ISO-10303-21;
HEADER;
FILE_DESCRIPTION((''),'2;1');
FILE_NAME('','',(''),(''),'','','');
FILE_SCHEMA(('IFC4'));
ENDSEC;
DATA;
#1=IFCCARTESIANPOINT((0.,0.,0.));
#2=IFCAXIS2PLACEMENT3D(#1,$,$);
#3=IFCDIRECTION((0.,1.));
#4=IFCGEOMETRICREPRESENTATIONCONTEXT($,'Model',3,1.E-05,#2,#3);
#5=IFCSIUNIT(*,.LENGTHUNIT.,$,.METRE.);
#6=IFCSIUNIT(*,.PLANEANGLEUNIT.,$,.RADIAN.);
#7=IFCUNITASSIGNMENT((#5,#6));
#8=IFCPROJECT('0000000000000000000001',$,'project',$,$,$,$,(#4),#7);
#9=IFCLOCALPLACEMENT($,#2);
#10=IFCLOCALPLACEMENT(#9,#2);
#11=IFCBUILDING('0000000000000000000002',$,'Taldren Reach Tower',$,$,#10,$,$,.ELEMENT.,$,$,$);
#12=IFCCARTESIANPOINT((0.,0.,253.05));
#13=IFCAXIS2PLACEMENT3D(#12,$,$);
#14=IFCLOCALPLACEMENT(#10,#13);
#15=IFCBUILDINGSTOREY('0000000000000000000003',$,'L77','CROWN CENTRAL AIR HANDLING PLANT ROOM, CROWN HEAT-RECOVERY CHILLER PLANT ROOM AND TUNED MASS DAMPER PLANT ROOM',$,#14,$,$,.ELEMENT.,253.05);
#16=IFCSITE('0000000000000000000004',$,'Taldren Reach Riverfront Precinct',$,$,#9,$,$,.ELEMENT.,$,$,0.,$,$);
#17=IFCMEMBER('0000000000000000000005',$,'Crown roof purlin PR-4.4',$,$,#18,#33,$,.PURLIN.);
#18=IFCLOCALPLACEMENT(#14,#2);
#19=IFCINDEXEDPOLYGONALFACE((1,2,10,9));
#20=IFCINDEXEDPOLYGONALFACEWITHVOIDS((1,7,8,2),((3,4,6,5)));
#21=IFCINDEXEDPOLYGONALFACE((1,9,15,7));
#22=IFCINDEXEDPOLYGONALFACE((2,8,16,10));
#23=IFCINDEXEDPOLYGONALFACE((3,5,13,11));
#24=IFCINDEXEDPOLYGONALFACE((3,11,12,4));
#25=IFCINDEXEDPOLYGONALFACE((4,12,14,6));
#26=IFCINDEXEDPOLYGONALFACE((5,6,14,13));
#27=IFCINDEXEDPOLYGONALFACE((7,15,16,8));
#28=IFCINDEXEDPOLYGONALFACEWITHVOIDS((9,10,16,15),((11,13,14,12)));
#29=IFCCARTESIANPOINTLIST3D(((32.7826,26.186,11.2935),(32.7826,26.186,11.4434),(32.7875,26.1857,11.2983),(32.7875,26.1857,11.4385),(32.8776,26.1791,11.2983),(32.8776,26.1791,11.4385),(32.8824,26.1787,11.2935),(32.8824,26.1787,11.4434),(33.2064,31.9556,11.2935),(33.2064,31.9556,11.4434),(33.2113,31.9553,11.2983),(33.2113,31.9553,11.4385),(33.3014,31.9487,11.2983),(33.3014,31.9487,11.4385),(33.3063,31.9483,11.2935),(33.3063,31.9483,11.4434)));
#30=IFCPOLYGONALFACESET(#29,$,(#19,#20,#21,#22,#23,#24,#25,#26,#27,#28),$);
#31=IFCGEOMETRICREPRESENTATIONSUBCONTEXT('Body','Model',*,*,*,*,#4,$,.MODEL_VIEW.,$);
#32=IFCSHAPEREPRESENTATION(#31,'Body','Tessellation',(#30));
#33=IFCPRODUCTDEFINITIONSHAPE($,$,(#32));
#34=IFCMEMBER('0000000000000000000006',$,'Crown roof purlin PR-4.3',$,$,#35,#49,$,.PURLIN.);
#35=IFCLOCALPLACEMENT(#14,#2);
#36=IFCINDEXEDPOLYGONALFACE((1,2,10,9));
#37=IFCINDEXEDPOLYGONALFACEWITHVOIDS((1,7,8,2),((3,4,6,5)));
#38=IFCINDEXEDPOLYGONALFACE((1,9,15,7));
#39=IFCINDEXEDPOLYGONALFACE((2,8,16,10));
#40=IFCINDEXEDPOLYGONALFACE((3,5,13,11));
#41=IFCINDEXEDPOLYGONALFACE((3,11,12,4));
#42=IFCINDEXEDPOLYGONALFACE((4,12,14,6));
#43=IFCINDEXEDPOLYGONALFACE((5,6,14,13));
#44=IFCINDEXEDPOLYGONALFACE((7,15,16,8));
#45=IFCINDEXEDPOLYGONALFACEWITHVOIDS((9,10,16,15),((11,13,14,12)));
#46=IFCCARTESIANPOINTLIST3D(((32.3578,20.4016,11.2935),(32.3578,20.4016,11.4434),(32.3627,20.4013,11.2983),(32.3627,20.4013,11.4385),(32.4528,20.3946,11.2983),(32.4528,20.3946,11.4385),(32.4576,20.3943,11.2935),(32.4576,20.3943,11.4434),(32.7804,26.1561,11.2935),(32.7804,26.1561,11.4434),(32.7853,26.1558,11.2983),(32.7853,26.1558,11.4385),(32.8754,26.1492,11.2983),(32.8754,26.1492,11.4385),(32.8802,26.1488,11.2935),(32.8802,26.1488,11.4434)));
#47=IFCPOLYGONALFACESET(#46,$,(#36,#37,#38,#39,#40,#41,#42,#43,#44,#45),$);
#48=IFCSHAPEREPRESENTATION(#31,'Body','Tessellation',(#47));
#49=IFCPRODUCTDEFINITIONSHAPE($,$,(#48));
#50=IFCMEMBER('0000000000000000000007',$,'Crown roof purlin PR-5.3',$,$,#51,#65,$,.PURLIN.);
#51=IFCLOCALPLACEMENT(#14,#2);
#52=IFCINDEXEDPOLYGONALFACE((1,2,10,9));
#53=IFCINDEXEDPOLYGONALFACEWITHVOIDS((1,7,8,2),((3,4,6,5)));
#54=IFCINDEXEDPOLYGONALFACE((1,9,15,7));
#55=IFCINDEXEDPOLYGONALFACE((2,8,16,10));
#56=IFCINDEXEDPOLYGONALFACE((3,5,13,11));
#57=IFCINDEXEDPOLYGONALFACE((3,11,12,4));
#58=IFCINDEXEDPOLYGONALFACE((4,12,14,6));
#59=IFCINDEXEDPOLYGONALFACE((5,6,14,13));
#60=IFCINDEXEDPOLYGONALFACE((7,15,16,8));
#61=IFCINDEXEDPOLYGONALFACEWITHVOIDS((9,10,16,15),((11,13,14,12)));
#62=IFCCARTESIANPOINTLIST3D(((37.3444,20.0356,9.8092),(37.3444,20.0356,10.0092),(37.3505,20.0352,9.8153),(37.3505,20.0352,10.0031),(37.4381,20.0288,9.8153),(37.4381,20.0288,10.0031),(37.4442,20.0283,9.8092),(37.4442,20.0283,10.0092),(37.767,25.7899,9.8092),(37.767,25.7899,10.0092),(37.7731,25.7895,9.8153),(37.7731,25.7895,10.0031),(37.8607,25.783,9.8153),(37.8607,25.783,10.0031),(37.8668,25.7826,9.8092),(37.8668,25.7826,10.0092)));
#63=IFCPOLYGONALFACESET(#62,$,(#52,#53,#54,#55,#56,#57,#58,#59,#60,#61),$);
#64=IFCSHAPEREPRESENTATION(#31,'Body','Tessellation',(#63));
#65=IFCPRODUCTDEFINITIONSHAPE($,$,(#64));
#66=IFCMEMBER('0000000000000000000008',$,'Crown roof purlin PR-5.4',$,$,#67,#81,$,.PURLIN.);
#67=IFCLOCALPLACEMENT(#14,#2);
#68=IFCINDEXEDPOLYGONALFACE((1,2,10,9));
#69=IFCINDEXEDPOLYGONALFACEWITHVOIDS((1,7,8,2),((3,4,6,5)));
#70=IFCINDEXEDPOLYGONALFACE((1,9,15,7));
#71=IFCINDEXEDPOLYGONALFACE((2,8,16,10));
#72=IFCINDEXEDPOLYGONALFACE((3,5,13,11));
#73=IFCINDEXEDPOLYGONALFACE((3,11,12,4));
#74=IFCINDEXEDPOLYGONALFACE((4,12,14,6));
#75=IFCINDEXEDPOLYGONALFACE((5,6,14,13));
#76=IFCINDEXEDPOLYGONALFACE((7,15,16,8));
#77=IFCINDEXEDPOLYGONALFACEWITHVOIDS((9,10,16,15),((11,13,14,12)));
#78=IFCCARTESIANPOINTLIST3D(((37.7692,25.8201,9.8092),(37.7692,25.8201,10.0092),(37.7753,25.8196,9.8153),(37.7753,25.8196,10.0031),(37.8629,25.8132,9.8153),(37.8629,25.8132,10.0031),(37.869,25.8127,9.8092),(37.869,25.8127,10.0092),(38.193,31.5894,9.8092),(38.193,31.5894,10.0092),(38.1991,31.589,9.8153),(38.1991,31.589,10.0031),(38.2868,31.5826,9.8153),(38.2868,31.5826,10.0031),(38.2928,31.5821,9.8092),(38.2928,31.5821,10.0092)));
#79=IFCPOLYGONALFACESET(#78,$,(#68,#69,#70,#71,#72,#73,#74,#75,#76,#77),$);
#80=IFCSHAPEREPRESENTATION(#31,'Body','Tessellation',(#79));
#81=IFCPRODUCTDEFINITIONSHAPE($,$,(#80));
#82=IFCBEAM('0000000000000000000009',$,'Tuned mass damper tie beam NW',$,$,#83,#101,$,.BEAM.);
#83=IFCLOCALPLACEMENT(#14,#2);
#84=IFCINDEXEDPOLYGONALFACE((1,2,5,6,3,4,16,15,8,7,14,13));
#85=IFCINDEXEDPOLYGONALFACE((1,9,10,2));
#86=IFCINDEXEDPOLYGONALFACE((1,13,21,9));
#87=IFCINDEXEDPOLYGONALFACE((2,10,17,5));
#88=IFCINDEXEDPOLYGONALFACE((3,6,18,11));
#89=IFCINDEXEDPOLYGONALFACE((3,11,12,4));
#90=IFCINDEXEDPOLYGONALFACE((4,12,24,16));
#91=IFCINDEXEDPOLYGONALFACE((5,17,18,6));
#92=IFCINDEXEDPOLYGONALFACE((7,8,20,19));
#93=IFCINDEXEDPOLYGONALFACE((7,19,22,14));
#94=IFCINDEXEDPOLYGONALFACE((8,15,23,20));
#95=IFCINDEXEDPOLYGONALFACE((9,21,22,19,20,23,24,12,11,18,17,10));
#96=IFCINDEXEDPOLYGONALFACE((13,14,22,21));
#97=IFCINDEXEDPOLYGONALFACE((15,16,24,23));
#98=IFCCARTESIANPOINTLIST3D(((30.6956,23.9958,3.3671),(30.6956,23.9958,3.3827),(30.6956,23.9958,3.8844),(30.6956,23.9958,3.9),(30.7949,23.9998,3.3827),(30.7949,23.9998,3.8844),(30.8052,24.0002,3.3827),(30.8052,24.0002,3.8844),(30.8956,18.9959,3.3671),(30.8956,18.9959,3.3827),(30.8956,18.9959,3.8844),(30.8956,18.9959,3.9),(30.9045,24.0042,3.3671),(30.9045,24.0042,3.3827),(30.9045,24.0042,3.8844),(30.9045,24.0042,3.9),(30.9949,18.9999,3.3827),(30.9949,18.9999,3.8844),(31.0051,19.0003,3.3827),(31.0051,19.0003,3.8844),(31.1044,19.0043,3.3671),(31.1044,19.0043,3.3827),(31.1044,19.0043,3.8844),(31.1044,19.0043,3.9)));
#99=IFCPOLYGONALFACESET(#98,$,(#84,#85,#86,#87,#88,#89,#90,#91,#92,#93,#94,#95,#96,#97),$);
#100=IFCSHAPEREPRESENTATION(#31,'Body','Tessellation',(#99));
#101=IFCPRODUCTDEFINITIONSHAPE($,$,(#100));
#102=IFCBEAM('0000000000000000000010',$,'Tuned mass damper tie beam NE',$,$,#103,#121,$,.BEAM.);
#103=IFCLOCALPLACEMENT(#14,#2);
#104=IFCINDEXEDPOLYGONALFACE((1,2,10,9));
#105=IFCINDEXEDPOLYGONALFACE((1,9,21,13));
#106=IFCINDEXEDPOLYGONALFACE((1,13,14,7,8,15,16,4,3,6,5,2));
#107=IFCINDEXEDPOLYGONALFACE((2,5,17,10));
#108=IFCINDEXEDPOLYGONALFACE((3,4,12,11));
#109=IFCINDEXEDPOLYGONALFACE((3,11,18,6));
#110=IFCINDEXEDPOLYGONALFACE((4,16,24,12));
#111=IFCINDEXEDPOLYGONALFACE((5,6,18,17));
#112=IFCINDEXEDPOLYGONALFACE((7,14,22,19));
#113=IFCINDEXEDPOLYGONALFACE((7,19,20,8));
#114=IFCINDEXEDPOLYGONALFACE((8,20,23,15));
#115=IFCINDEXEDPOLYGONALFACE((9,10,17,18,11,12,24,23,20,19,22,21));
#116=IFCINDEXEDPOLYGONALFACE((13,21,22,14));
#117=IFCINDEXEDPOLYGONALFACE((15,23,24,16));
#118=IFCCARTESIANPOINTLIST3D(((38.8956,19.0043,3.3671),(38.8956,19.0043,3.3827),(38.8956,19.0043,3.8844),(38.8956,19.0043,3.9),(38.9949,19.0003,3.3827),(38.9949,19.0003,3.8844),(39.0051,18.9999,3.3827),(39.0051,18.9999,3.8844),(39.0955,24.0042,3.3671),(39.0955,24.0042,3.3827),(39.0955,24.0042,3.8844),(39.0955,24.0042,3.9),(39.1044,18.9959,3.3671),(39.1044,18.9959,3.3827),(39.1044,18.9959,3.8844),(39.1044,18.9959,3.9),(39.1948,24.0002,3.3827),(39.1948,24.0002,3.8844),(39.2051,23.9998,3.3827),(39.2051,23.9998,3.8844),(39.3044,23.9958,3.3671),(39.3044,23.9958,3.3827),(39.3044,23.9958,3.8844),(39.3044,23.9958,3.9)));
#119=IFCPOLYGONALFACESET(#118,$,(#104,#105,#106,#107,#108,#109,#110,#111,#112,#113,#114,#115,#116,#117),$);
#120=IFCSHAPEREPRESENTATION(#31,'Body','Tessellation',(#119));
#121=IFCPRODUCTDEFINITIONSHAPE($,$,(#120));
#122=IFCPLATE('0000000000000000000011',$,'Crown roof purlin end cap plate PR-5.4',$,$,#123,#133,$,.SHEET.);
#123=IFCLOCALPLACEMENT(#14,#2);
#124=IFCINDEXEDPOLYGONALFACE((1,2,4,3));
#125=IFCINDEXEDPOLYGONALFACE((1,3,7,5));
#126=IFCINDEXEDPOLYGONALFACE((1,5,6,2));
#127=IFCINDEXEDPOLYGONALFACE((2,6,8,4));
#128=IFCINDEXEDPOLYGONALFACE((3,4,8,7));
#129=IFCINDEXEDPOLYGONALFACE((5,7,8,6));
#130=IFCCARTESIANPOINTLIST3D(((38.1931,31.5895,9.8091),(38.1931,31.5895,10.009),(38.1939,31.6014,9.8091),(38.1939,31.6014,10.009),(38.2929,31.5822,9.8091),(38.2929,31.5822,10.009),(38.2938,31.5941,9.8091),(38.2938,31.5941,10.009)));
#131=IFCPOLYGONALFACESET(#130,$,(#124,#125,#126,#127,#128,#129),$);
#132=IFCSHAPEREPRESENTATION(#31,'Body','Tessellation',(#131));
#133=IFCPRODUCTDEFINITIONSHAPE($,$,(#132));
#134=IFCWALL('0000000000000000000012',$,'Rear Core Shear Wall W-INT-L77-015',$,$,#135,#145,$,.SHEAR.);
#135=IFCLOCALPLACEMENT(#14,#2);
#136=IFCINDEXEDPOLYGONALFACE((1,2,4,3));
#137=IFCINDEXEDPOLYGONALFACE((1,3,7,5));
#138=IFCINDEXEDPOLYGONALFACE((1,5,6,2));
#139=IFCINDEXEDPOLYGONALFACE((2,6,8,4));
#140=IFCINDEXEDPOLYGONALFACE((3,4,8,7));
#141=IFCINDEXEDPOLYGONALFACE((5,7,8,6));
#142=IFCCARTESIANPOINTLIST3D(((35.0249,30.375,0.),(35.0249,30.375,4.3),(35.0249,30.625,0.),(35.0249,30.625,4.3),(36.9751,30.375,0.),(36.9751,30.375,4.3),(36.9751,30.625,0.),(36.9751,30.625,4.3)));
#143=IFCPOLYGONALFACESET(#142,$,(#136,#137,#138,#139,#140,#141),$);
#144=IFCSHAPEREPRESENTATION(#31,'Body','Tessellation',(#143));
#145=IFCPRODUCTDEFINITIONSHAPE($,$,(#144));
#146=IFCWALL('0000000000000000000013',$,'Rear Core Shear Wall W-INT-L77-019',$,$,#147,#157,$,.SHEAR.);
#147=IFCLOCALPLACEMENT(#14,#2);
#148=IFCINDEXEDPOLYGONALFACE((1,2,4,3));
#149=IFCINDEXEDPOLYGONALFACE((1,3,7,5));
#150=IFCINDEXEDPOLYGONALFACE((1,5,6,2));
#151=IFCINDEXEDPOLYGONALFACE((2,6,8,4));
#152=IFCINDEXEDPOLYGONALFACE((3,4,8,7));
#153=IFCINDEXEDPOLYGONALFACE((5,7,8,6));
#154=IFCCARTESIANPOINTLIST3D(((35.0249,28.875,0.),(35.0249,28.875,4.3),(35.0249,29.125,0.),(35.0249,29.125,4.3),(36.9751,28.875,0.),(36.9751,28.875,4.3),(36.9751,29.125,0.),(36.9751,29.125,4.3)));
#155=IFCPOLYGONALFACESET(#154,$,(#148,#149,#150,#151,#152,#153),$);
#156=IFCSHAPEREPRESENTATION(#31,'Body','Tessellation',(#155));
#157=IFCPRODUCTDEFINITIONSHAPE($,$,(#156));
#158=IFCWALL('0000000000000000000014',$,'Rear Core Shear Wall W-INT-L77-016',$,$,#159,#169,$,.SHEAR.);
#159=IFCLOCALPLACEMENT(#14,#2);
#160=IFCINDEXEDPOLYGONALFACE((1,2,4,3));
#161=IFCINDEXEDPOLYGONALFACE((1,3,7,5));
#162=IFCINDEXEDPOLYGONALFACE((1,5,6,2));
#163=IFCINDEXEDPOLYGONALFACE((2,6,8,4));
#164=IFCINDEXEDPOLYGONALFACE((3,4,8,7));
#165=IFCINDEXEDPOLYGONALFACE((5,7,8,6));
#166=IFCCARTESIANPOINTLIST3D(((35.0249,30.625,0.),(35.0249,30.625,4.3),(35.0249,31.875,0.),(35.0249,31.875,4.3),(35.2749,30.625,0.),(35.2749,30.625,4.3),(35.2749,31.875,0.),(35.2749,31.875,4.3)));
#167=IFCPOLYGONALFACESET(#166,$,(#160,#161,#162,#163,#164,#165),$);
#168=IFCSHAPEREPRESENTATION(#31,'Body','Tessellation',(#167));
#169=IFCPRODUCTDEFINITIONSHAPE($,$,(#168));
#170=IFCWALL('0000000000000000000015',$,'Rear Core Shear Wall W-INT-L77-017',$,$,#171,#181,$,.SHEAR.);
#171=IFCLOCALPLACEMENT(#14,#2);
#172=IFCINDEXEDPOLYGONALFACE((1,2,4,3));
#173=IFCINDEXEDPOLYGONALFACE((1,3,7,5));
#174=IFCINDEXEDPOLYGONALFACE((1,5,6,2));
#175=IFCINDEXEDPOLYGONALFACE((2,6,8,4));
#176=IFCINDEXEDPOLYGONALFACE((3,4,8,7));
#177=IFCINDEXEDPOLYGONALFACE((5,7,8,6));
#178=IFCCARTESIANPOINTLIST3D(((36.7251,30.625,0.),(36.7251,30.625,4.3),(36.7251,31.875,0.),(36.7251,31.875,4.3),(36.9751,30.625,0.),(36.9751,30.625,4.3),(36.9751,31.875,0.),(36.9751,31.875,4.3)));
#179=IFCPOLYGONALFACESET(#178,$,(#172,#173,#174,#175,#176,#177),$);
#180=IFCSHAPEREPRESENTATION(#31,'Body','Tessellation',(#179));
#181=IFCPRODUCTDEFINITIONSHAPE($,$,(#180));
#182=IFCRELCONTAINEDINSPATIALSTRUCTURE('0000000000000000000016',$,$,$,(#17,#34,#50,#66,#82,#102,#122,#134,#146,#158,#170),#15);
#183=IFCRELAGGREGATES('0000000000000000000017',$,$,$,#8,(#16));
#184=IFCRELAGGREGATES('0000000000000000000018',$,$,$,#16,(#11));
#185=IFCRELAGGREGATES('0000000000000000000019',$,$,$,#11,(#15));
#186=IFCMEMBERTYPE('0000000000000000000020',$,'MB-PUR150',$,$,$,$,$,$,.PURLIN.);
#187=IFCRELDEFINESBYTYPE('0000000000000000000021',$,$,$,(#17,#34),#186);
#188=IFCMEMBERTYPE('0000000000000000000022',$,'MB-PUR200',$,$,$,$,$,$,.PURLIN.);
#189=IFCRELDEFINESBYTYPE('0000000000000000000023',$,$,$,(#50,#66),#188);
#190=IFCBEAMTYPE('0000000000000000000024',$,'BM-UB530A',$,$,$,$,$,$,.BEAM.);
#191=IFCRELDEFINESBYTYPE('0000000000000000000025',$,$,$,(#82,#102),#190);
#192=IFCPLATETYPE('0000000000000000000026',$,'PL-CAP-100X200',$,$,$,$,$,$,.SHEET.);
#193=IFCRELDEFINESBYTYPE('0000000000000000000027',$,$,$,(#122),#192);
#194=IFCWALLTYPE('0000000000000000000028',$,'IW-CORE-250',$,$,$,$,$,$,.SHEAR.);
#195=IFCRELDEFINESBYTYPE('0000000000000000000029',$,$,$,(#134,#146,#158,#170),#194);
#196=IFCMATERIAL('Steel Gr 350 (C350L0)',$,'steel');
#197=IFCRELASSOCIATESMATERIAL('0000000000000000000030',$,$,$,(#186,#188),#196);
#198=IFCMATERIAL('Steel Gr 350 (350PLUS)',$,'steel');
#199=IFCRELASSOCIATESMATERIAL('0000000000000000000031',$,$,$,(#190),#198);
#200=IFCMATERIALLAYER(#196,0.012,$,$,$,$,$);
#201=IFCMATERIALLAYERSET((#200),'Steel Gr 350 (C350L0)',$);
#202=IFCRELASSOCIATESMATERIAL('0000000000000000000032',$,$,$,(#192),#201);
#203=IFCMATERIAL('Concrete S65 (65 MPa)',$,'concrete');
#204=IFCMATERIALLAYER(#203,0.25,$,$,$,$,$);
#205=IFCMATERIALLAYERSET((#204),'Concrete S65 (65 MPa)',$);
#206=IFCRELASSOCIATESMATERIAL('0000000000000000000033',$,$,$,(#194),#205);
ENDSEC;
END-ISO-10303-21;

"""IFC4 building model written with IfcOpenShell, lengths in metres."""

from ifc_helpers import new_model, si_unit, direction, frame, frame_2d, origin, origin_2d, place, context, subcontext, project, spatial, rectangle, hollow_rectangle, i_section, extrude, source, transform, mapped, material, layer, layer_set, material_profile, profile_set, type_object, element, save


model = new_model("IFC4")

# Units and contexts
model_context = context("Model", 3, precision=1e-05, world=origin(), true_north=direction((0.0, 1.0)))
body_context = subcontext(model_context, "Body", "Model", "MODEL_VIEW")
ifc_project = project(units=[si_unit("LENGTHUNIT", "METRE"), si_unit("PLANEANGLEUNIT", "RADIAN")], contexts=[model_context])

# Site, building, storey
site_placement = place(None, origin())
site = spatial("IfcSite", under=ifc_project, at=site_placement, Name="Taldren Reach Riverfront Precinct", CompositionType="ELEMENT", RefElevation=0.0)
building_placement = place(site_placement, origin())
building = spatial("IfcBuilding", under=site, at=building_placement, Name="Taldren Reach Tower", CompositionType="ELEMENT")
storey_placement = place(building_placement, frame((0.0, 0.0, 253.05)))
storey = spatial("IfcBuildingStorey", under=building, at=storey_placement, Name="L77", Description="CROWN CENTRAL AIR HANDLING PLANT ROOM, CROWN HEAT-RECOVERY CHILLER PLANT ROOM AND TUNED MASS DAMPER PLANT ROOM", CompositionType="ELEMENT", Elevation=253.05)

# Shared definitions
ifc_material_1 = material(Name="Steel Gr 350 (350PLUS)", Category="steel")

# Members
ifc_material_2 = material(Name="Steel Gr 350 (C350L0)", Category="steel")
ifc_material_profile_1 = material_profile(ifc_material_2, hollow_rectangle(XDim=0.1001, YDim=0.1499, WallThickness=0.0049, at=origin_2d()), Name="150x100x5.0RHS")
ifc_profile_set_1 = profile_set([ifc_material_profile_1], Name="Steel Gr 350 (C350L0)")
member_type_1 = type_object("IfcMemberType", Name="MB-PUR150", PredefinedType="PURLIN", material=ifc_profile_set_1)
shared_shape_1 = source(origin(), body_context, "Body", "SweptSolid", [
    extrude(hollow_rectangle(XDim=0.1001, YDim=0.1499, WallThickness=0.0049, at=origin_2d()), origin(), (0.0, 0.0, 1.0), 5.7852),
])
member_1_placement = place(storey_placement, frame((32.8325, 26.1824, 11.3684), z_axis=(0.073262, 0.997313, 0.0), x_axis=(-0.997313, 0.073262, 0.0)))
element("IfcMember", 1, at=member_1_placement, inside=storey, type_object=member_type_1, Name="Crown roof purlin PR-4.4", PredefinedType="PURLIN", context=body_context, shape_type="MappedRepresentation", body=[
    mapped(shared_shape_1, transform((0.0, 0.0, 0.0), scale=1.0)),
])
shared_shape_2 = source(origin(), body_context, "Body", "SweptSolid", [
    extrude(hollow_rectangle(XDim=0.1001, YDim=0.1499, WallThickness=0.0049, at=origin_2d()), origin(), (0.0, 0.0, 1.0), 5.77),
])
member_2_placement = place(storey_placement, frame((32.4077, 20.3979, 11.3684), z_axis=(0.07324, 0.997314, 0.0), x_axis=(-0.997314, 0.07324, 0.0)))
element("IfcMember", 2, at=member_2_placement, inside=storey, type_object=member_type_1, Name="Crown roof purlin PR-4.3", PredefinedType="PURLIN", context=body_context, shape_type="MappedRepresentation", body=[
    mapped(shared_shape_2, transform((0.0, 0.0, 0.0), scale=1.0)),
])
ifc_material_profile_2 = material_profile(ifc_material_2, hollow_rectangle(XDim=0.1001, YDim=0.2, WallThickness=0.0061, at=origin_2d()), Name="200x100x6.0RHS")
ifc_profile_set_2 = profile_set([ifc_material_profile_2], Name="Steel Gr 350 (C350L0)")
member_type_2 = type_object("IfcMemberType", Name="MB-PUR200", PredefinedType="PURLIN", material=ifc_profile_set_2)
shared_shape_3 = source(origin(), body_context, "Body", "SweptSolid", [
    extrude(hollow_rectangle(XDim=0.1001, YDim=0.2, WallThickness=0.0061, at=origin_2d()), origin(), (0.0, 0.0, 1.0), 5.7698),
])
member_3_placement = place(storey_placement, frame((37.3943, 20.032, 9.9092), z_axis=(0.073244, 0.997314, 0.0), x_axis=(-0.997314, 0.073244, 0.0)))
element("IfcMember", 3, at=member_3_placement, inside=storey, type_object=member_type_2, Name="Crown roof purlin PR-5.3", PredefinedType="PURLIN", context=body_context, shape_type="MappedRepresentation", body=[
    mapped(shared_shape_3, transform((0.0, 0.0, 0.0), scale=1.0)),
])
shared_shape_4 = source(origin(), body_context, "Body", "SweptSolid", [
    extrude(hollow_rectangle(XDim=0.1001, YDim=0.2, WallThickness=0.0061, at=origin_2d()), origin(), (0.0, 0.0, 1.0), 5.7849),
])
member_4_placement = place(storey_placement, frame((37.8191, 25.8164, 9.9092), z_axis=(0.073265, 0.997312, 0.0), x_axis=(-0.997312, 0.073265, 0.0)))
element("IfcMember", 4, at=member_4_placement, inside=storey, type_object=member_type_2, Name="Crown roof purlin PR-5.4", PredefinedType="PURLIN", context=body_context, shape_type="MappedRepresentation", body=[
    mapped(shared_shape_4, transform((0.0, 0.0, 0.0), scale=1.0)),
])

# Beams
ifc_material_profile_3 = material_profile(ifc_material_1, i_section(OverallWidth=0.209, OverallDepth=0.533, WebThickness=0.0103, FlangeThickness=0.0156, at=origin_2d()), Name="530UB92.4")
ifc_profile_set_3 = profile_set([ifc_material_profile_3], Name="Steel Gr 350 (350PLUS)")
beam_type_1 = type_object("IfcBeamType", Name="BM-UB530A", PredefinedType="BEAM", material=ifc_profile_set_3)
shared_shape_5 = source(origin(), body_context, "Body", "SweptSolid", [
    extrude(i_section(OverallWidth=0.209, OverallDepth=0.533, WebThickness=0.0103, FlangeThickness=0.0156, at=origin_2d()), origin(), (0.0, 0.0, 1.0), 5.0039),
])
for number, where, z_axis, x_axis, name in (
    (5, (30.8, 24.0, 3.6335), (0.039958, -0.999201, 0.0), (0.999201, 0.039958, 0.0), "Tuned mass damper tie beam NW"),
    (6, (39.2, 24.0, 3.6335), (-0.039958, -0.999201, 0.0), (0.999201, -0.039958, 0.0), "Tuned mass damper tie beam NE"),
):
    element("IfcBeam", number, at=place(storey_placement, frame(where, z_axis=z_axis, x_axis=x_axis)), inside=storey, type_object=beam_type_1, Name=name, PredefinedType="BEAM", context=body_context, shape_type="MappedRepresentation", body=[
        mapped(shared_shape_5, transform((0.0, 0.0, 0.0), scale=1.0)),
    ])

# Plate
ifc_layer_1 = layer(ifc_material_2, 0.012)
ifc_layer_set_1 = layer_set([ifc_layer_1], Name="Steel Gr 350 (C350L0)")
plate_type = type_object("IfcPlateType", Name="PL-CAP-100X200", PredefinedType="SHEET", material=ifc_layer_set_1)
shared_shape_6 = source(origin(), body_context, "Body", "SweptSolid", [
    extrude(rectangle(XDim=0.1001, YDim=0.012, at=origin_2d()), origin(), (0.0, 0.0, 1.0), 0.2),
])
plate_placement = place(storey_placement, frame((38.2434, 31.5918, 9.8091), z_axis=(0.0, 0.0, 1.0), x_axis=(0.997314, -0.073238, 0.0)))
element("IfcPlate", 7, at=plate_placement, inside=storey, type_object=plate_type, Name="Crown roof purlin end cap plate PR-5.4", PredefinedType="SHEET", context=body_context, shape_type="MappedRepresentation", body=[
    mapped(shared_shape_6, transform((0.0, 0.0, 0.0), scale=1.0)),
])

# Walls
ifc_material_3 = material(Name="Concrete S65 (65 MPa)", Category="concrete")
ifc_layer_2 = layer(ifc_material_3, 0.25)
ifc_layer_set_2 = layer_set([ifc_layer_2], Name="Concrete S65 (65 MPa)")
wall_type_1 = type_object("IfcWallType", Name="IW-CORE-250", PredefinedType="SHEAR", material=ifc_layer_set_2)
shared_shape_7 = source(origin(), body_context, "Body", "SweptSolid", [
    extrude(rectangle(XDim=1.9502, YDim=0.25, at=frame_2d((0.9751, 0.0))), origin(), (0.0, 0.0, 1.0), 4.3),
])
for number, where, z_axis, x_axis, name in (
    (8, (35.0249, 30.5, 0.0), (0.0, 0.0, 1.0), (1.0, 0.0, 0.0), "Rear Core Shear Wall W-INT-L77-015"),
    (9, (35.0249, 29.0, 0.0), (0.0, 0.0, 1.0), (1.0, 0.0, 0.0), "Rear Core Shear Wall W-INT-L77-019"),
):
    element("IfcWall", number, at=place(storey_placement, frame(where, z_axis=z_axis, x_axis=x_axis)), inside=storey, type_object=wall_type_1, Name=name, PredefinedType="SHEAR", context=body_context, shape_type="MappedRepresentation", body=[
        mapped(shared_shape_7, transform((0.0, 0.0, 0.0), scale=1.0)),
    ])
shared_shape_8 = source(origin(), body_context, "Body", "SweptSolid", [
    extrude(rectangle(XDim=1.25, YDim=0.25, at=frame_2d((0.625, 0.0))), origin(), (0.0, 0.0, 1.0), 4.3),
])
for number, where, z_axis, x_axis, name in (
    (10, (35.1499, 31.875, 0.0), (0.0, 0.0, 1.0), (0.0, -1.0, 0.0), "Rear Core Shear Wall W-INT-L77-016"),
    (11, (36.8501, 30.625, 0.0), (0.0, 0.0, 1.0), (0.0, 1.0, 0.0), "Rear Core Shear Wall W-INT-L77-017"),
):
    element("IfcWall", number, at=place(storey_placement, frame(where, z_axis=z_axis, x_axis=x_axis)), inside=storey, type_object=wall_type_1, Name=name, PredefinedType="SHEAR", context=body_context, shape_type="MappedRepresentation", body=[
        mapped(shared_shape_8, transform((0.0, 0.0, 0.0), scale=1.0)),
    ])

save(model, "model.ifc")
